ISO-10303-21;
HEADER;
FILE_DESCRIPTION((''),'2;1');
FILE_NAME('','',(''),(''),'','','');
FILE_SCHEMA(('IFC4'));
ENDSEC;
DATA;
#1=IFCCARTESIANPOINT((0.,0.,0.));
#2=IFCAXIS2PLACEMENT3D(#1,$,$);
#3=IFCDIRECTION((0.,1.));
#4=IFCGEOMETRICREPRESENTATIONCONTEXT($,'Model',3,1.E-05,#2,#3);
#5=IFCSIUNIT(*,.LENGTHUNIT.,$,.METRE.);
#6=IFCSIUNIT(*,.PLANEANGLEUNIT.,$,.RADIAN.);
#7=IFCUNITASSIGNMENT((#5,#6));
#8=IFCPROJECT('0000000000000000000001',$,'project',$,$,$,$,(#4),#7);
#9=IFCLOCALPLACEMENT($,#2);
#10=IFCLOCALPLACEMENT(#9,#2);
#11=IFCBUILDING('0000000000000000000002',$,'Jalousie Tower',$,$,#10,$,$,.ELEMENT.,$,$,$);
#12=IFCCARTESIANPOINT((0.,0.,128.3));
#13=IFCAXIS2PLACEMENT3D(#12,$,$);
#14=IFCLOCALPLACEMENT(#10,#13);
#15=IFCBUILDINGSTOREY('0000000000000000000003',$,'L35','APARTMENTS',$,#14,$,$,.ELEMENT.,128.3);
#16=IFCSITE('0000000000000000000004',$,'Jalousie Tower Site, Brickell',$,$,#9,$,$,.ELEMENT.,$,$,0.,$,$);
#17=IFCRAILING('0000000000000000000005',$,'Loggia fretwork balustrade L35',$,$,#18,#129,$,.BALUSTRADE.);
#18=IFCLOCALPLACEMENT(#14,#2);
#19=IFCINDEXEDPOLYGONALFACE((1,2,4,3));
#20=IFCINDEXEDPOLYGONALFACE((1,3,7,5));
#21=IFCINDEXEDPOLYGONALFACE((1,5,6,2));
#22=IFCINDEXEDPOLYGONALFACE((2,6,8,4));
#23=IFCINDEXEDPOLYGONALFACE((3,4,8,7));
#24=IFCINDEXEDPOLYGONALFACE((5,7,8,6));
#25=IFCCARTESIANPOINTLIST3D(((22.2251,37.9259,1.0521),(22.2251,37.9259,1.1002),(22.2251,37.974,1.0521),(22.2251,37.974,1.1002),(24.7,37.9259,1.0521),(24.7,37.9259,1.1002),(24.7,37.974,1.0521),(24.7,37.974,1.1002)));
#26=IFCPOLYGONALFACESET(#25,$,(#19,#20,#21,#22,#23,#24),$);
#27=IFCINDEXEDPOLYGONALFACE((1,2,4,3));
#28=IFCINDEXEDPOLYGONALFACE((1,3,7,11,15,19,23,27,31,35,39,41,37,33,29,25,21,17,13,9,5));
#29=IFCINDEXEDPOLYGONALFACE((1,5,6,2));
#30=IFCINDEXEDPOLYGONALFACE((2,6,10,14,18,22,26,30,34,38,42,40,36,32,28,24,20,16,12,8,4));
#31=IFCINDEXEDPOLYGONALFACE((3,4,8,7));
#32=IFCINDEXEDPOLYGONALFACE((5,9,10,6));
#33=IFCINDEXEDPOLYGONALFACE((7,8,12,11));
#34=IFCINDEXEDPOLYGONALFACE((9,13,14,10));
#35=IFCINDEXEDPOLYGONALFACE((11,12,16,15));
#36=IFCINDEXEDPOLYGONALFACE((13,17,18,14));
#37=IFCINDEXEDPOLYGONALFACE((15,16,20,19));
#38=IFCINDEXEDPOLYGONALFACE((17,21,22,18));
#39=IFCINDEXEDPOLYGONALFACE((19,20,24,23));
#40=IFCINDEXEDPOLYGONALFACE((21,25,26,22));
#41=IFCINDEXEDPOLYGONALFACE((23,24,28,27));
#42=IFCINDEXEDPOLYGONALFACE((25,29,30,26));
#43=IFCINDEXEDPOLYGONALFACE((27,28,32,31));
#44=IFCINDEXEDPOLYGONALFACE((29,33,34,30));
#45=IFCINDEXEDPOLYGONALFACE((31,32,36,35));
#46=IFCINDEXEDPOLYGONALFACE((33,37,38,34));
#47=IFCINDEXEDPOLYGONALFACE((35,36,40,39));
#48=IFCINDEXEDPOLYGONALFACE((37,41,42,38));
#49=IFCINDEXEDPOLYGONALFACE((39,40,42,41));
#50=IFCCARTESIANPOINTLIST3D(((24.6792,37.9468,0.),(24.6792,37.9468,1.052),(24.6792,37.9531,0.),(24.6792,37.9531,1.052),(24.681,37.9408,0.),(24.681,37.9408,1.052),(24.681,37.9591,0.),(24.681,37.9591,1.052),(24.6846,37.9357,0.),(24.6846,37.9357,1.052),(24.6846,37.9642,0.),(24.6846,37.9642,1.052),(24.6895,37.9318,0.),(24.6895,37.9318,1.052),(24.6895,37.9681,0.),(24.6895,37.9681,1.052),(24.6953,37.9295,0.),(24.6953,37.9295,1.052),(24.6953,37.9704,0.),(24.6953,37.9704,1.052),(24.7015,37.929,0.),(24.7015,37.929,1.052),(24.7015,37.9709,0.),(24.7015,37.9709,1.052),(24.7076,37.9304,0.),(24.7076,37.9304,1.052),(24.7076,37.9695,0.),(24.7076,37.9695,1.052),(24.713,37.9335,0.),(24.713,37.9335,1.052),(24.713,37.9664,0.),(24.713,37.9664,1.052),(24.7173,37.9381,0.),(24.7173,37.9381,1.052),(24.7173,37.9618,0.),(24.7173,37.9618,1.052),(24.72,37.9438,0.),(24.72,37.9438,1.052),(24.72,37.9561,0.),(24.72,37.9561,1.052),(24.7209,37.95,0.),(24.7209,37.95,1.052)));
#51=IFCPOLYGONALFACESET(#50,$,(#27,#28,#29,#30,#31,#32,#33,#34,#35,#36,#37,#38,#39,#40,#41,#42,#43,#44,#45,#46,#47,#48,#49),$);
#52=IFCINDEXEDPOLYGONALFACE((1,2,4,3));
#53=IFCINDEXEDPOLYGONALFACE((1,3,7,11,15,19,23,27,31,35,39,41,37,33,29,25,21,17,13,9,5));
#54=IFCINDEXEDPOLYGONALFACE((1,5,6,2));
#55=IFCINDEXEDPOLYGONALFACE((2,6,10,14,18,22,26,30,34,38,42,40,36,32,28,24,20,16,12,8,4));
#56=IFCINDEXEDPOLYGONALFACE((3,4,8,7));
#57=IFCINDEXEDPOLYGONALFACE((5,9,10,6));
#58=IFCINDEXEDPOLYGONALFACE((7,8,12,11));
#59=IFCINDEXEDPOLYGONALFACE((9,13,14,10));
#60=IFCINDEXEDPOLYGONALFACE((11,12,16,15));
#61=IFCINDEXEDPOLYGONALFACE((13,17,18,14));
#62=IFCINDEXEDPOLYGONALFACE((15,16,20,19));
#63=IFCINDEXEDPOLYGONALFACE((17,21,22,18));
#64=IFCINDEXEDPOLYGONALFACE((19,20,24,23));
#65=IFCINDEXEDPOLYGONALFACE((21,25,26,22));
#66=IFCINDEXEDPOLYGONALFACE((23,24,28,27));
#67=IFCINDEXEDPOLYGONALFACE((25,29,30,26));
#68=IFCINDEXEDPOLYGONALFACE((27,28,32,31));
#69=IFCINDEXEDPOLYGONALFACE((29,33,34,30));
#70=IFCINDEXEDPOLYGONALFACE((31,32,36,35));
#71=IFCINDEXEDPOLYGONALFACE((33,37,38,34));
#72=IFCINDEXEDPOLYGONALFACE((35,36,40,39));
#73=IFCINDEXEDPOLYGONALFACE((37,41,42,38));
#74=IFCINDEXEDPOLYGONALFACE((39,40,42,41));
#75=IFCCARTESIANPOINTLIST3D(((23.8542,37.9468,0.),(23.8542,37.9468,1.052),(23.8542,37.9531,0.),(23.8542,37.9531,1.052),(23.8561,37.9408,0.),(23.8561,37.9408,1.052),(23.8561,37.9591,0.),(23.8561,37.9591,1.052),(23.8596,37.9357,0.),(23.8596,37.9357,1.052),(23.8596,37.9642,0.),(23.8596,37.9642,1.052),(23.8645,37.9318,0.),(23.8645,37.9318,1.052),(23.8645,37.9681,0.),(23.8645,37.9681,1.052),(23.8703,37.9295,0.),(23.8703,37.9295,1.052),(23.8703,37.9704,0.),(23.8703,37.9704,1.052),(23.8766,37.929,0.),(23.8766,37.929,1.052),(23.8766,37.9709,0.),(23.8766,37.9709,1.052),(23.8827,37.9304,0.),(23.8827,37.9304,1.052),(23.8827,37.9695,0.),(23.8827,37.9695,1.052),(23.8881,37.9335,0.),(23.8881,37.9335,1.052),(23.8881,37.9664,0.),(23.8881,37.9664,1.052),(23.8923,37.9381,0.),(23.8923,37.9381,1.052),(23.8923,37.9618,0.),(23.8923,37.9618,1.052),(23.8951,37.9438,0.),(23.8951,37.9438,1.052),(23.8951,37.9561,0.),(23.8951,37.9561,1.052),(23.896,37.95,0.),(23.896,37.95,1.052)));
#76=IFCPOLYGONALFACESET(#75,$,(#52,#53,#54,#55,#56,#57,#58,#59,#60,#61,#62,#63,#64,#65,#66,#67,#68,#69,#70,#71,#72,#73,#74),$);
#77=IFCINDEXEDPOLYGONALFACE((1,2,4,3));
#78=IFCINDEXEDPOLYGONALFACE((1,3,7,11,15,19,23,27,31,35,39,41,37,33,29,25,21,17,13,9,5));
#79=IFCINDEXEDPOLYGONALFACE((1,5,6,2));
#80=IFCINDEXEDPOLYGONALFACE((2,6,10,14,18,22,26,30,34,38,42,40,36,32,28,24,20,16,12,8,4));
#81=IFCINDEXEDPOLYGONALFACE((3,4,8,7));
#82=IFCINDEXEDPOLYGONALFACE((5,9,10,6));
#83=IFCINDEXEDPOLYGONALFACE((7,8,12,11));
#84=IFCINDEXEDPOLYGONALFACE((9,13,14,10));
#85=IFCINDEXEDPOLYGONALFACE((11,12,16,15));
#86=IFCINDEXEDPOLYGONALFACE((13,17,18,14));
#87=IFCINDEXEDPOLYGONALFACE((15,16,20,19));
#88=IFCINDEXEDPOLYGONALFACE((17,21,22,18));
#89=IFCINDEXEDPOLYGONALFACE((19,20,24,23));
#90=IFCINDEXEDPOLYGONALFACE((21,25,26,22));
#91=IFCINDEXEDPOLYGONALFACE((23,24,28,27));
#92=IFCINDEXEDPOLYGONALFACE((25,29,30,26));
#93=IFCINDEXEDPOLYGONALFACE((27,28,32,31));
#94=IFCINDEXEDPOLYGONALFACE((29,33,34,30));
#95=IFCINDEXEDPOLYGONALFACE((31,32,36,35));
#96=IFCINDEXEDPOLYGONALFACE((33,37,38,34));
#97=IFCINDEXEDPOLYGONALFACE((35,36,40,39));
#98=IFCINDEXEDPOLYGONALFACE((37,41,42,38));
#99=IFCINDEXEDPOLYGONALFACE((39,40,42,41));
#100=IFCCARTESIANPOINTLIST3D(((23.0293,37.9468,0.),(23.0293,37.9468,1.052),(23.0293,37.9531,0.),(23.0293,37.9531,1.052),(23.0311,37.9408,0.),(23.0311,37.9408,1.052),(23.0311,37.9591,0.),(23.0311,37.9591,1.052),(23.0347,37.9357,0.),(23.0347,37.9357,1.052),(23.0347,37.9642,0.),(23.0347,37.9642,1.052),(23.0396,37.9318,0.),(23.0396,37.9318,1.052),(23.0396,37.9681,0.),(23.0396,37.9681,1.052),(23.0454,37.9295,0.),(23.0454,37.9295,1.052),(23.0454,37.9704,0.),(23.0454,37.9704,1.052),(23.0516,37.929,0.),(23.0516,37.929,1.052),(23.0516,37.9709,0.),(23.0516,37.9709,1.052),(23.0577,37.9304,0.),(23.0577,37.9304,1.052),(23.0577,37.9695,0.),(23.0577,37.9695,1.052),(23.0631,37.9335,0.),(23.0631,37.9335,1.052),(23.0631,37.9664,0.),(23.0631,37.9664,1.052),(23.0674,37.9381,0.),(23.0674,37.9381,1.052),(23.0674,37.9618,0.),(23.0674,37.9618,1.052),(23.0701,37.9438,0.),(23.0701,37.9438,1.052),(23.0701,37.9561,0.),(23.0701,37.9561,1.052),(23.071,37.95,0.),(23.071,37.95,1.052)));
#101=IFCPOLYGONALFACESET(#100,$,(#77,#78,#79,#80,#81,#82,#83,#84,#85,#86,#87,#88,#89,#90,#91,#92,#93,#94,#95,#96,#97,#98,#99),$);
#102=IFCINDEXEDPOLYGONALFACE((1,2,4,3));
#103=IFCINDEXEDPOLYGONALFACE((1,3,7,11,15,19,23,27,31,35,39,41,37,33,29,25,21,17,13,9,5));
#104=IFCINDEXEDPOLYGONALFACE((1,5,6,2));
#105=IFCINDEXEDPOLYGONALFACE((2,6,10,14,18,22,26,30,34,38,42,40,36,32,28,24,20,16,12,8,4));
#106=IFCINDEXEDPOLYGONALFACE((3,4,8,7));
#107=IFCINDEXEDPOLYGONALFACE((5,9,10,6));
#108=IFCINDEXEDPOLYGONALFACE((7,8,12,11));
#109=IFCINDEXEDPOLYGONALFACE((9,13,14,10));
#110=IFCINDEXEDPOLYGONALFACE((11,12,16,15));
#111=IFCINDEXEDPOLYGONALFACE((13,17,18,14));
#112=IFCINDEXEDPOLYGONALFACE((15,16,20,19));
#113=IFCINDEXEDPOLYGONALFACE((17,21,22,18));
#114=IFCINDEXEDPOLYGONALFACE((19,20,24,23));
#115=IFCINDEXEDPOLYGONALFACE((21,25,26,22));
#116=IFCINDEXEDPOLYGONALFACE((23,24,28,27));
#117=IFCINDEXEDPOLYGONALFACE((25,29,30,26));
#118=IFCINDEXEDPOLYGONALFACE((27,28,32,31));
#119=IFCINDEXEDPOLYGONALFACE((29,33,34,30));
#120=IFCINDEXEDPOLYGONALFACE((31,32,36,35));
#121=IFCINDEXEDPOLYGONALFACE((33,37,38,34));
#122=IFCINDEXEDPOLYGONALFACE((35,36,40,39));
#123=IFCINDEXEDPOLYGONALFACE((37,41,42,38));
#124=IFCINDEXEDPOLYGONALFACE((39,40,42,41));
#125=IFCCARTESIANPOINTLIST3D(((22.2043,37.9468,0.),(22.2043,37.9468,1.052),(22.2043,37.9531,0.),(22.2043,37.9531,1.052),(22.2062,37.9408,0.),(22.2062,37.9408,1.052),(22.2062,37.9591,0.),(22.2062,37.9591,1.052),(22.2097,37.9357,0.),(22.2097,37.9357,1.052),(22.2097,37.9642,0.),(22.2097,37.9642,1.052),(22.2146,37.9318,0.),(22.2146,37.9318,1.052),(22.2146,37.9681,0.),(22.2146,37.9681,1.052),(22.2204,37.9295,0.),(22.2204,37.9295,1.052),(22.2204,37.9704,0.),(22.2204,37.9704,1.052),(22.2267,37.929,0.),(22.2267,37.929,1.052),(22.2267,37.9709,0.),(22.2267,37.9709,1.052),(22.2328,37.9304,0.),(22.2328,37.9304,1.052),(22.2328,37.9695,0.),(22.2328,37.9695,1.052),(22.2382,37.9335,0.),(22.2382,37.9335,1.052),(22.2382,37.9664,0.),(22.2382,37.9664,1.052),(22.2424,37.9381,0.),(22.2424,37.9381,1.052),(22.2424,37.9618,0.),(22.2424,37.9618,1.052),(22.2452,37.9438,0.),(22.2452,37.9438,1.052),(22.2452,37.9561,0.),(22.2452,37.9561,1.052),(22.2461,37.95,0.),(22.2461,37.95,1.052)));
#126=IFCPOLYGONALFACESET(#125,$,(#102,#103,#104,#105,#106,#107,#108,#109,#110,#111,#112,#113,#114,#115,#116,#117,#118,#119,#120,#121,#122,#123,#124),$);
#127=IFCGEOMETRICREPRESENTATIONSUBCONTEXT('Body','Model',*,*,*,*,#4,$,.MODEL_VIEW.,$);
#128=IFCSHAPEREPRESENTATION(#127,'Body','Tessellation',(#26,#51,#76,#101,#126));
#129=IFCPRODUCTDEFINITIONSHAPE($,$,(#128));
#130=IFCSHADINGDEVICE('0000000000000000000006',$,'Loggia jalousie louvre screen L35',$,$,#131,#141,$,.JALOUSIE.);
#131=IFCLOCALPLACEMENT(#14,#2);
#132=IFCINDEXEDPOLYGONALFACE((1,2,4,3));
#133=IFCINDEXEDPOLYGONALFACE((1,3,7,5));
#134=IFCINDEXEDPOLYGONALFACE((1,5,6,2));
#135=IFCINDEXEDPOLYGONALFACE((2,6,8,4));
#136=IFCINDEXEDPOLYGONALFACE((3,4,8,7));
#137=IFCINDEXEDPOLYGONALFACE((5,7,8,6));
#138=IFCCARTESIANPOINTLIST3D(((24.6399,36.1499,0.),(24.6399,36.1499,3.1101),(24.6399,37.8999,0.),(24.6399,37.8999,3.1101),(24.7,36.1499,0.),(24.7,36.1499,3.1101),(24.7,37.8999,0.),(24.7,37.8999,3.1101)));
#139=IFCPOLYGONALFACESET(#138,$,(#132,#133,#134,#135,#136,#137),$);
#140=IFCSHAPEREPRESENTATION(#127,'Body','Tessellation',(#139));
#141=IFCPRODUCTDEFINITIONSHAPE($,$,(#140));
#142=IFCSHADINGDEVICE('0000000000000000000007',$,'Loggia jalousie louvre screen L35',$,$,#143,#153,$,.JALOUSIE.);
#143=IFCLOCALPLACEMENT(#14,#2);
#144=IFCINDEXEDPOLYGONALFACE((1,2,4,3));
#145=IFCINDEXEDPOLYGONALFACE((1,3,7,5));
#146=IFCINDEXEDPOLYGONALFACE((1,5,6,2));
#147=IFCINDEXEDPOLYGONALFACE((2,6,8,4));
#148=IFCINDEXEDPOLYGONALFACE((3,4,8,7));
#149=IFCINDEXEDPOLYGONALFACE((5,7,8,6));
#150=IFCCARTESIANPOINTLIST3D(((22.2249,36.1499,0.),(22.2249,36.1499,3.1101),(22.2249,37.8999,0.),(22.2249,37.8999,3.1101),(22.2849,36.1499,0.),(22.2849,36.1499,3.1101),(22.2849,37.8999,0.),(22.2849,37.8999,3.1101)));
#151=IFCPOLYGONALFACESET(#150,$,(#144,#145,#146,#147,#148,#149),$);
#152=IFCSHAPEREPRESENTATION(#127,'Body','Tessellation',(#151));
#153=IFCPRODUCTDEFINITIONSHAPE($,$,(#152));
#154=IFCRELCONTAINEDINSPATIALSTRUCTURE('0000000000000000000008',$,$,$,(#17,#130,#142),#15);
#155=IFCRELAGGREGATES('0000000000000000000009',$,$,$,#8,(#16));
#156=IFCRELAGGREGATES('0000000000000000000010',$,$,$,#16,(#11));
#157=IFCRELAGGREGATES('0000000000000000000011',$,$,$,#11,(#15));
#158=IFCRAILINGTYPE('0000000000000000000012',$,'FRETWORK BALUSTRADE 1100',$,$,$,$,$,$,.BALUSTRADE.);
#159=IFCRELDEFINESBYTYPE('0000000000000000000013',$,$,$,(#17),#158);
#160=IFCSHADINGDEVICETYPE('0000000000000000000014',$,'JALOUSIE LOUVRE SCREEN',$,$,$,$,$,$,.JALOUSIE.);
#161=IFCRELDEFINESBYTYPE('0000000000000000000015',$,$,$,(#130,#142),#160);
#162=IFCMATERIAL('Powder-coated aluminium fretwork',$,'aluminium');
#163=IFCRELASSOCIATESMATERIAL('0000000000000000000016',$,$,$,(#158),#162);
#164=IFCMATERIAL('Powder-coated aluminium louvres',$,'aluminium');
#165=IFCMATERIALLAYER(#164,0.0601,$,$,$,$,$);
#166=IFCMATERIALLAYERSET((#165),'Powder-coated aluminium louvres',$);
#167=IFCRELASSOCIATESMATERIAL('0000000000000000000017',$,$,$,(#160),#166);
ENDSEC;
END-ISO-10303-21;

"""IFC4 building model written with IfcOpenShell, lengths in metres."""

from ifc_helpers import new_model, si_unit, direction, frame, origin, origin_2d, place, context, subcontext, project, spatial, rectangle, circle, extrude, material, layer, layer_set, type_object, element, save


model = new_model("IFC4")

# Units and contexts
model_context = context("Model", 3, precision=1e-05, world=origin(), true_north=direction((0.0, 1.0)))
body_context = subcontext(model_context, "Body", "Model", "MODEL_VIEW")
ifc_project = project(units=[si_unit("LENGTHUNIT", "METRE"), si_unit("PLANEANGLEUNIT", "RADIAN")], contexts=[model_context])

# Site, building, storey
site_placement = place(None, origin())
site = spatial("IfcSite", under=ifc_project, at=site_placement, Name="Jalousie Tower Site, Brickell", CompositionType="ELEMENT", RefElevation=0.0)
building_placement = place(site_placement, origin())
building = spatial("IfcBuilding", under=site, at=building_placement, Name="Jalousie Tower", CompositionType="ELEMENT")
storey_placement = place(building_placement, frame((0.0, 0.0, 128.3)))
storey = spatial("IfcBuildingStorey", under=building, at=storey_placement, Name="L35", Description="APARTMENTS", CompositionType="ELEMENT", Elevation=128.3)

# Railing
ifc_material_1 = material(Name="Powder-coated aluminium fretwork", Category="aluminium")
railing_type = type_object("IfcRailingType", Name="FRETWORK BALUSTRADE 1100", PredefinedType="BALUSTRADE", material=ifc_material_1)
railing_placement = place(storey_placement, frame((24.7, 37.95, 0.0)))
element("IfcRailing", 1, at=railing_placement, inside=storey, type_object=railing_type, Name="Loggia fretwork balustrade L35", PredefinedType="BALUSTRADE", context=body_context, shape_type="SweptSolid", body=[
    extrude(rectangle(XDim=0.0481, YDim=0.0481, at=origin_2d()), frame((0.0, 0.0, 1.0762), z_axis=(-1.0, 0.0, 0.0), x_axis=(0.0, -1.0, 0.0)), (0.0, 0.0, 1.0), 2.4749),
    extrude(circle(Radius=0.021, at=origin_2d()), origin(), (0.0, 0.0, 1.0), 1.052),
    extrude(circle(Radius=0.021, at=origin_2d()), frame((-0.825, 0.0, 0.0)), (0.0, 0.0, 1.0), 1.052),
    extrude(circle(Radius=0.021, at=origin_2d()), frame((-1.6499, 0.0, 0.0)), (0.0, 0.0, 1.0), 1.052),
    extrude(circle(Radius=0.021, at=origin_2d()), frame((-2.4749, 0.0, 0.0)), (0.0, 0.0, 1.0), 1.052),
])

# Shading devices
ifc_material_2 = material(Name="Powder-coated aluminium louvres", Category="aluminium")
ifc_layer_1 = layer(ifc_material_2, 0.0601)
ifc_layer_set_1 = layer_set([ifc_layer_1], Name="Powder-coated aluminium louvres")
shading_device_type_1 = type_object("IfcShadingDeviceType", Name="JALOUSIE LOUVRE SCREEN", PredefinedType="JALOUSIE", material=ifc_layer_set_1)
for number, where, z_axis, x_axis, name in (
    (2, (24.6699, 37.0249, 0.0), (0.0, 0.0, 1.0), (-1.0, 0.0, 0.0), "Loggia jalousie louvre screen L35"),
    (3, (22.2549, 37.0249, 0.0), (0.0, 0.0, 1.0), (-1.0, 0.0, 0.0), "Loggia jalousie louvre screen L35"),
):
    element("IfcShadingDevice", number, at=place(storey_placement, frame(where, z_axis=z_axis, x_axis=x_axis)), inside=storey, type_object=shading_device_type_1, Name=name, PredefinedType="JALOUSIE", context=body_context, shape_type="SweptSolid", body=[
        extrude(rectangle(XDim=0.0601, YDim=1.75, at=origin_2d()), origin(), (0.0, 0.0, 1.0), 3.1101),
    ])

save(model, "model.ifc")
